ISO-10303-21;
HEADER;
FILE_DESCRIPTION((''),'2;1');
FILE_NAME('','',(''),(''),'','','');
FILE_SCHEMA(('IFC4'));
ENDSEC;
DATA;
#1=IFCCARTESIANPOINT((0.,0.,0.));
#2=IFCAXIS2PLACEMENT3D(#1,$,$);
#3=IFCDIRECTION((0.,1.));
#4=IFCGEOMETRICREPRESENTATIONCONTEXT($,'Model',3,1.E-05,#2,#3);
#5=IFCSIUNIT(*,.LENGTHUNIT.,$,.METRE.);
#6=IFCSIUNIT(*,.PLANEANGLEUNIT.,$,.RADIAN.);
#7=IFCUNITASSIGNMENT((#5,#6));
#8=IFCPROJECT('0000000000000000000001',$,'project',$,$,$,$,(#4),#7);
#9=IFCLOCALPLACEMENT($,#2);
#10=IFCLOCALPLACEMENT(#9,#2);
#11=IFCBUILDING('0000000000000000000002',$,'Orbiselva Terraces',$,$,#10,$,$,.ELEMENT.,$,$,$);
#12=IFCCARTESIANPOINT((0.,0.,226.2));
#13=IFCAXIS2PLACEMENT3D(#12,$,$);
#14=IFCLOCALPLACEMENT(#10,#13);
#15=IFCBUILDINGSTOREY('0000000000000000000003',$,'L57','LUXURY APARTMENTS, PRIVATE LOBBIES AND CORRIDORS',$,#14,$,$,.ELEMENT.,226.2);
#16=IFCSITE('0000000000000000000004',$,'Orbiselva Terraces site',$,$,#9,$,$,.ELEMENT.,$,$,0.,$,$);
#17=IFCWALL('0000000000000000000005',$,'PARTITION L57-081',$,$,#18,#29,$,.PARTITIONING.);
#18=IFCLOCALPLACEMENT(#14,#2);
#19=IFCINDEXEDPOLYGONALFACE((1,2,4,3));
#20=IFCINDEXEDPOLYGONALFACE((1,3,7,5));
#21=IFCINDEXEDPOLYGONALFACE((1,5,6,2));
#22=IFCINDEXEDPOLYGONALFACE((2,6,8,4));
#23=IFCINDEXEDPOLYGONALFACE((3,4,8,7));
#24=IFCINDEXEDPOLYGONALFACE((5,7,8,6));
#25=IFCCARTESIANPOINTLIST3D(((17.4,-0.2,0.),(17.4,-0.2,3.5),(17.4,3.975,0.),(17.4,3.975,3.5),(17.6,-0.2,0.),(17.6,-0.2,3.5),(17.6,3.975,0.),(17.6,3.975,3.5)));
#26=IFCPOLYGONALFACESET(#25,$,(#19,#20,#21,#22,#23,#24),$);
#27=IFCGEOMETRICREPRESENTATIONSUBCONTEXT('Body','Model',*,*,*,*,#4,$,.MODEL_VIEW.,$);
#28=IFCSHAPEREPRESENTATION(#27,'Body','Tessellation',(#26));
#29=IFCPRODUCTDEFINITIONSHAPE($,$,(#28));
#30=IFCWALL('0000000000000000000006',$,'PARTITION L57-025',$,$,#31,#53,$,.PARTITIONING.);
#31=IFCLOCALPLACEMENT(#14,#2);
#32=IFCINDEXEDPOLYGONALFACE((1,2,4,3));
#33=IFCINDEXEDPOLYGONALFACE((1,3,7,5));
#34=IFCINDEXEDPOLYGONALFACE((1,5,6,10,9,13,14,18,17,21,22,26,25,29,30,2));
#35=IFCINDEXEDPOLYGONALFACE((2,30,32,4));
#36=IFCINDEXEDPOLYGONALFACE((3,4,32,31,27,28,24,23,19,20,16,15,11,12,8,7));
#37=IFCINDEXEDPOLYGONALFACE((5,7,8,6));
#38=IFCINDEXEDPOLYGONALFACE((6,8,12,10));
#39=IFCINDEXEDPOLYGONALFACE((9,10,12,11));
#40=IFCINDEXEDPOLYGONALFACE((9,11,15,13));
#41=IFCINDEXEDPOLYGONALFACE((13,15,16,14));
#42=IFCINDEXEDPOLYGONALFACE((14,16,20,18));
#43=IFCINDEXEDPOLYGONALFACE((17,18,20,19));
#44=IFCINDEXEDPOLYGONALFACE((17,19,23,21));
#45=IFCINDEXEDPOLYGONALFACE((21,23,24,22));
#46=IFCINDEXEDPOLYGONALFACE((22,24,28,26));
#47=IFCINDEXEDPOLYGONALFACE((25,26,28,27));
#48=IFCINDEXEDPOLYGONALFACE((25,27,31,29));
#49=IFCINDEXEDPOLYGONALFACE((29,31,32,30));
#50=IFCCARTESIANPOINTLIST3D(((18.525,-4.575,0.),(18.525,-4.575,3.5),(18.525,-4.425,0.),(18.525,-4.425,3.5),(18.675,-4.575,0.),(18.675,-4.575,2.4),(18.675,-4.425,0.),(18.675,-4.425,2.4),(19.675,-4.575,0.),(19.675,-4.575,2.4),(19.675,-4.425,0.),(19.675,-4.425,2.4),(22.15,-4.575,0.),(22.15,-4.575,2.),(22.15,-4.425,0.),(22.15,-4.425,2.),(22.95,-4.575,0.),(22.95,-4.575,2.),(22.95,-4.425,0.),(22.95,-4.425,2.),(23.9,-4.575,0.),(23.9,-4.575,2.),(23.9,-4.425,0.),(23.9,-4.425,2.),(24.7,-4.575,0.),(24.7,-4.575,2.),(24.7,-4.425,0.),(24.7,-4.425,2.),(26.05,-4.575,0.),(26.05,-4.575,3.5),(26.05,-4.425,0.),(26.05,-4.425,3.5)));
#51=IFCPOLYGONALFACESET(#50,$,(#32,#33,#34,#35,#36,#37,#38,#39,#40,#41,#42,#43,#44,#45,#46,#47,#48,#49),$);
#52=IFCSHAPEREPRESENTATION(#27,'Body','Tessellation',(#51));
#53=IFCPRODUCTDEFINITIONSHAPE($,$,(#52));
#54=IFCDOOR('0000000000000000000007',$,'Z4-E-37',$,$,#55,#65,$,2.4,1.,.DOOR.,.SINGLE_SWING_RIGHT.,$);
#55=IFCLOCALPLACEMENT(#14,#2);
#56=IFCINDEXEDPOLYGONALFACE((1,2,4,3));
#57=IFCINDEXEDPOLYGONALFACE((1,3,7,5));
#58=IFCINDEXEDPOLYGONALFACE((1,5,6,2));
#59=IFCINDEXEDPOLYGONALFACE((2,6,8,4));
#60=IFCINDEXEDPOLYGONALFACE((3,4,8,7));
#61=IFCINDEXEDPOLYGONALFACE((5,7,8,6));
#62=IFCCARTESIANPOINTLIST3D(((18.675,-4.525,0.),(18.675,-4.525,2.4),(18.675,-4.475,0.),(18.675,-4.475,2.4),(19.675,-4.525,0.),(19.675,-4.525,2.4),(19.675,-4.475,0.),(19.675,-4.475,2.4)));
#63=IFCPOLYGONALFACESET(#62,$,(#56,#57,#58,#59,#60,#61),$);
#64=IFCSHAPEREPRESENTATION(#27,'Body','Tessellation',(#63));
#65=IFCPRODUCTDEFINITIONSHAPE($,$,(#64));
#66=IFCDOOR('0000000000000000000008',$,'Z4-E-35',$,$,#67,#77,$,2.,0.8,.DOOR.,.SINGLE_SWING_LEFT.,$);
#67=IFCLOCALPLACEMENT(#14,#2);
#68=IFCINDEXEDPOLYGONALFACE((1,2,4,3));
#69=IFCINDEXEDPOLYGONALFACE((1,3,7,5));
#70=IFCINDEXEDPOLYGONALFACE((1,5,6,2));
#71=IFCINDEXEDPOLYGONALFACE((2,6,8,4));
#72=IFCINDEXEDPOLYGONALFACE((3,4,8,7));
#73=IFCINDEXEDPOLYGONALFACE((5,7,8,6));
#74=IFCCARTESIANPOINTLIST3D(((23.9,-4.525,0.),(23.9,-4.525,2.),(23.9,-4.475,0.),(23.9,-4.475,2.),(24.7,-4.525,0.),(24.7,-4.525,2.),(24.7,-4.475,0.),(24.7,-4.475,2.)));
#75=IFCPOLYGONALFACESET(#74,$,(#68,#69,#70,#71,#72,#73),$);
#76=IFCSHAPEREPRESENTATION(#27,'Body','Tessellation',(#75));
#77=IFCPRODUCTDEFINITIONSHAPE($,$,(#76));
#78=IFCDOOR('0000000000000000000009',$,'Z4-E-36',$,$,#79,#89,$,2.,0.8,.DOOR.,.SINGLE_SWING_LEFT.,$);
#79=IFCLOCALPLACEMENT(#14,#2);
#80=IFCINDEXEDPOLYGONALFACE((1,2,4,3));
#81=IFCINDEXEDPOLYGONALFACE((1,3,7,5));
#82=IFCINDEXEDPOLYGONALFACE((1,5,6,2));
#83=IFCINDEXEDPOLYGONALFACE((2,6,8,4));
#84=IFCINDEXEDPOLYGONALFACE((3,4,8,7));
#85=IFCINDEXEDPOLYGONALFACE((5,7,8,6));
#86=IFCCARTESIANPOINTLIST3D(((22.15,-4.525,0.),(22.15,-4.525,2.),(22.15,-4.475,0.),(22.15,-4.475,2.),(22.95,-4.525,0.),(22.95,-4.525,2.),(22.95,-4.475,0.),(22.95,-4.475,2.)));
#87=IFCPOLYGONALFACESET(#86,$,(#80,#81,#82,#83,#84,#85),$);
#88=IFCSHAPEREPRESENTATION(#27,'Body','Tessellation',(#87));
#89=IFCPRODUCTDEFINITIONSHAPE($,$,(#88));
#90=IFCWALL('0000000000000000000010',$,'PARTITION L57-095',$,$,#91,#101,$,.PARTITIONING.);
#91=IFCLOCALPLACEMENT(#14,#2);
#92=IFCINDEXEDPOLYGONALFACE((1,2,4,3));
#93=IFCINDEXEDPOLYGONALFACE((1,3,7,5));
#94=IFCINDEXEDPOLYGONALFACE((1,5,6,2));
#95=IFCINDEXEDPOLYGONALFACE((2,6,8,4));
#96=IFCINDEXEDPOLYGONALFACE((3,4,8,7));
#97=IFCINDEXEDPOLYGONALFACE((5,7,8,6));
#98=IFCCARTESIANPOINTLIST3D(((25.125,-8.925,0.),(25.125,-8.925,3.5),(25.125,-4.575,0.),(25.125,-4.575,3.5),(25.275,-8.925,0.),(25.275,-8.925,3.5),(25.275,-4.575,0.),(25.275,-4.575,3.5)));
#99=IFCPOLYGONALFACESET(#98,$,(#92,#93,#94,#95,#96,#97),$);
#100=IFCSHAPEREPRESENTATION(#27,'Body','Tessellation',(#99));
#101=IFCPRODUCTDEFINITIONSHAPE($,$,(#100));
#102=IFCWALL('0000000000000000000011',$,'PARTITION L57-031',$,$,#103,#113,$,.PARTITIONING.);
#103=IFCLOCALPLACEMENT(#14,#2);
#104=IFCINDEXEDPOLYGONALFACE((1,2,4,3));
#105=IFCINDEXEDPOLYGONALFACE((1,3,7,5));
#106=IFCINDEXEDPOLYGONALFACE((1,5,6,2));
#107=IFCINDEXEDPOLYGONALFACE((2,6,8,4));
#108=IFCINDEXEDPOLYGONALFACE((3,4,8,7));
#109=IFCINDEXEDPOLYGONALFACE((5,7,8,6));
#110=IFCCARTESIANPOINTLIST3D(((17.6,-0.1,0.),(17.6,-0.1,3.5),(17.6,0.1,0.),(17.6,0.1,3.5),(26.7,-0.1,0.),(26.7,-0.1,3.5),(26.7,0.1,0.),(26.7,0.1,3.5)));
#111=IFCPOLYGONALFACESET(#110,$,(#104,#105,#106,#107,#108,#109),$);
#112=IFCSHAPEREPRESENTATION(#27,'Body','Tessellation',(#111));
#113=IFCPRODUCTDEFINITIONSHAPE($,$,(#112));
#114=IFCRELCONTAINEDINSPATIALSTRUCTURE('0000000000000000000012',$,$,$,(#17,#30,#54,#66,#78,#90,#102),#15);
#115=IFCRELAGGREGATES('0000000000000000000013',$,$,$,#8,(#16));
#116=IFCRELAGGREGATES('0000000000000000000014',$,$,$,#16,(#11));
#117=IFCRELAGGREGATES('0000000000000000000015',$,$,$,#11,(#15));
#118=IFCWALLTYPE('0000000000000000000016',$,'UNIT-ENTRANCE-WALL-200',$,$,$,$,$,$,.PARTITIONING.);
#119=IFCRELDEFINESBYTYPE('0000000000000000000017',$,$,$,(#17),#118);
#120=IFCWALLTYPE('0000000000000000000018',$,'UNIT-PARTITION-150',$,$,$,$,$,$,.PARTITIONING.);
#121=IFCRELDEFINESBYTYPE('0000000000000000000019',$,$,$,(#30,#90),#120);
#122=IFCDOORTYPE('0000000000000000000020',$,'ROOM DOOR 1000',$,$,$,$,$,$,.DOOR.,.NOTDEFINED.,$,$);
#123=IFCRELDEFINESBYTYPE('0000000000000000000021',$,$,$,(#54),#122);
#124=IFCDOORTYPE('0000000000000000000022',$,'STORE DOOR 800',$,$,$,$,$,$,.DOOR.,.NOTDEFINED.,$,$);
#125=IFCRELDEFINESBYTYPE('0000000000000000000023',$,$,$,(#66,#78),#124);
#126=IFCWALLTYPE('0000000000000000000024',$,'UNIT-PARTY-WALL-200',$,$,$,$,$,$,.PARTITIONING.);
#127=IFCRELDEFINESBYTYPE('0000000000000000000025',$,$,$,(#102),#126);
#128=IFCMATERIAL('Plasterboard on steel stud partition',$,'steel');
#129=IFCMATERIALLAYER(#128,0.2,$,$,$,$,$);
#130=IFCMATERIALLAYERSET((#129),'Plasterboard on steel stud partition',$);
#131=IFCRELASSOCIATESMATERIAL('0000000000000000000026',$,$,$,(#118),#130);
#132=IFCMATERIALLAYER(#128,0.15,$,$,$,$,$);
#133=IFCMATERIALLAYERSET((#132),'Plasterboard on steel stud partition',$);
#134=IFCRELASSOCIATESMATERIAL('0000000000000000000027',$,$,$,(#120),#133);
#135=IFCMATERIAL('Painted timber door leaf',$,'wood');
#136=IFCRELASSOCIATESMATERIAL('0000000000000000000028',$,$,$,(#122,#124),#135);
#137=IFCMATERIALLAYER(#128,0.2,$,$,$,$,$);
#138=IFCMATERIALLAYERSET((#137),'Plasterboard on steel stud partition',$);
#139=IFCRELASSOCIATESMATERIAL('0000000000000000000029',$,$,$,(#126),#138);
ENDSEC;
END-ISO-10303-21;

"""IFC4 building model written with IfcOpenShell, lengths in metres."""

from ifc_helpers import new_model, si_unit, direction, frame, frame_2d, origin, place, context, subcontext, project, spatial, rectangle, extrude, material, layer, layer_set, type_object, element, fill, save


model = new_model("IFC4")

# Units and contexts
model_context = context("Model", 3, precision=1e-05, world=origin(), true_north=direction((0.0, 1.0)))
body_context = subcontext(model_context, "Body", "Model", "MODEL_VIEW")
ifc_project = project(units=[si_unit("LENGTHUNIT", "METRE"), si_unit("PLANEANGLEUNIT", "RADIAN")], contexts=[model_context])

# Site, building, storey
site_placement = place(None, origin())
site = spatial("IfcSite", under=ifc_project, at=site_placement, Name="Orbiselva Terraces site", CompositionType="ELEMENT", RefElevation=0.0)
building_placement = place(site_placement, origin())
building = spatial("IfcBuilding", under=site, at=building_placement, Name="Orbiselva Terraces", CompositionType="ELEMENT")
storey_placement = place(building_placement, frame((0.0, 0.0, 226.2)))
storey = spatial("IfcBuildingStorey", under=building, at=storey_placement, Name="L57", Description="LUXURY APARTMENTS, PRIVATE LOBBIES AND CORRIDORS", CompositionType="ELEMENT", Elevation=226.2)

# Shared definitions
ifc_material_1 = material(Name="Plasterboard on steel stud partition", Category="steel")
ifc_layer_1 = layer(ifc_material_1, 0.2)
ifc_layer_set_1 = layer_set([ifc_layer_1], Name="Plasterboard on steel stud partition")
wall_type_1 = type_object("IfcWallType", Name="UNIT-ENTRANCE-WALL-200", PredefinedType="PARTITIONING", material=ifc_layer_set_1)
ifc_material_2 = material(Name="Painted timber door leaf", Category="wood")

# Wall
wall_1_placement = place(storey_placement, frame((17.5, -0.2, 0.0), z_axis=(0.0, 0.0, 1.0), x_axis=(0.0, 1.0, 0.0)))
element("IfcWall", 1, at=wall_1_placement, inside=storey, type_object=wall_type_1, Name="PARTITION L57-081", PredefinedType="PARTITIONING", context=body_context, shape_type="SweptSolid", body=[
    extrude(rectangle(XDim=4.175, YDim=0.2, at=frame_2d((2.0875, 0.0))), origin(), (0.0, 0.0, 1.0), 3.5),
])

# Wall, openings, doors
ifc_layer_2 = layer(ifc_material_1, 0.15)
ifc_layer_set_2 = layer_set([ifc_layer_2], Name="Plasterboard on steel stud partition")
wall_type_2 = type_object("IfcWallType", Name="UNIT-PARTITION-150", PredefinedType="PARTITIONING", material=ifc_layer_set_2)
wall_2_placement = place(storey_placement, frame((26.05, -4.5, 0.0), z_axis=(0.0, 0.0, 1.0), x_axis=(-1.0, 0.0, 0.0)))
wall_2 = element("IfcWall", 2, at=wall_2_placement, inside=storey, type_object=wall_type_2, Name="PARTITION L57-025", PredefinedType="PARTITIONING", context=body_context, shape_type="SweptSolid", body=[
    extrude(rectangle(XDim=7.525, YDim=0.15, at=frame_2d((3.7625, 0.0))), origin(), (0.0, 0.0, 1.0), 3.5),
])
opening_1_placement = place(wall_2_placement, frame((1.35, 0.0, 0.0)))
opening_1 = element("IfcOpeningElement", 3, at=opening_1_placement, cuts=wall_2, PredefinedType="OPENING", context=body_context, shape_type="SweptSolid", body=[
    extrude(rectangle(XDim=0.8, YDim=2.0, at=frame_2d((0.4, 1.0))), frame((0.0, 0.085, 0.0), z_axis=(0.0, -1.0, 0.0), x_axis=(1.0, 0.0, 0.0)), (0.0, 0.0, 1.0), 0.17),
])
opening_2_placement = place(wall_2_placement, frame((3.1, 0.0, 0.0)))
opening_2 = element("IfcOpeningElement", 4, at=opening_2_placement, cuts=wall_2, PredefinedType="OPENING", context=body_context, shape_type="SweptSolid", body=[
    extrude(rectangle(XDim=0.8, YDim=2.0, at=frame_2d((0.4, 1.0))), frame((0.0, 0.085, 0.0), z_axis=(0.0, -1.0, 0.0), x_axis=(1.0, 0.0, 0.0)), (0.0, 0.0, 1.0), 0.17),
])
opening_3_placement = place(wall_2_placement, frame((6.375, 0.0, 0.0)))
opening_3 = element("IfcOpeningElement", 5, at=opening_3_placement, cuts=wall_2, PredefinedType="OPENING", context=body_context, shape_type="SweptSolid", body=[
    extrude(rectangle(XDim=1.0, YDim=2.4, at=frame_2d((0.5, 1.2))), frame((0.0, 0.085, 0.0), z_axis=(0.0, -1.0, 0.0), x_axis=(1.0, 0.0, 0.0)), (0.0, 0.0, 1.0), 0.17),
])
door_type_1 = type_object("IfcDoorType", Name="ROOM DOOR 1000", OperationType="NOTDEFINED", PredefinedType="DOOR", material=ifc_material_2)
door_1_placement = place(opening_3_placement, origin())
door_1 = element("IfcDoor", 6, at=door_1_placement, inside=storey, type_object=door_type_1, Name="Z4-E-37", OperationType="SINGLE_SWING_RIGHT", OverallHeight=2.4, OverallWidth=1.0, PredefinedType="DOOR", context=body_context, shape_type="SweptSolid", body=[
    extrude(rectangle(XDim=1.0, YDim=2.4, at=frame_2d((0.5, 1.2))), frame((0.0, 0.025, 0.0), z_axis=(0.0, -1.0, 0.0), x_axis=(1.0, 0.0, 0.0)), (0.0, 0.0, 1.0), 0.05),
])
fill(opening_3, door_1)
door_type_2 = type_object("IfcDoorType", Name="STORE DOOR 800", OperationType="NOTDEFINED", PredefinedType="DOOR", material=ifc_material_2)
door_2_placement = place(opening_1_placement, origin())
door_2 = element("IfcDoor", 7, at=door_2_placement, inside=storey, type_object=door_type_2, Name="Z4-E-35", OperationType="SINGLE_SWING_LEFT", OverallHeight=2.0, OverallWidth=0.8, PredefinedType="DOOR", context=body_context, shape_type="SweptSolid", body=[
    extrude(rectangle(XDim=0.8, YDim=2.0, at=frame_2d((0.4, 1.0))), frame((0.0, 0.025, 0.0), z_axis=(0.0, -1.0, 0.0), x_axis=(1.0, 0.0, 0.0)), (0.0, 0.0, 1.0), 0.05),
])
fill(opening_1, door_2)
door_3_placement = place(opening_2_placement, origin())
door_3 = element("IfcDoor", 8, at=door_3_placement, inside=storey, type_object=door_type_2, Name="Z4-E-36", OperationType="SINGLE_SWING_LEFT", OverallHeight=2.0, OverallWidth=0.8, PredefinedType="DOOR", context=body_context, shape_type="SweptSolid", body=[
    extrude(rectangle(XDim=0.8, YDim=2.0, at=frame_2d((0.4, 1.0))), frame((0.0, 0.025, 0.0), z_axis=(0.0, -1.0, 0.0), x_axis=(1.0, 0.0, 0.0)), (0.0, 0.0, 1.0), 0.05),
])
fill(opening_2, door_3)

# Walls
wall_3_placement = place(storey_placement, frame((25.2, -8.925, 0.0), z_axis=(0.0, 0.0, 1.0), x_axis=(0.0, 1.0, 0.0)))
element("IfcWall", 9, at=wall_3_placement, inside=storey, type_object=wall_type_2, Name="PARTITION L57-095", PredefinedType="PARTITIONING", context=body_context, shape_type="SweptSolid", body=[
    extrude(rectangle(XDim=4.35, YDim=0.15, at=frame_2d((2.175, 0.0))), origin(), (0.0, 0.0, 1.0), 3.5),
])
ifc_layer_3 = layer(ifc_material_1, 0.2)
ifc_layer_set_3 = layer_set([ifc_layer_3], Name="Plasterboard on steel stud partition")
wall_type_3 = type_object("IfcWallType", Name="UNIT-PARTY-WALL-200", PredefinedType="PARTITIONING", material=ifc_layer_set_3)
wall_4_placement = place(storey_placement, frame((17.6, 0.0, 0.0), z_axis=(0.0, 0.0, 1.0), x_axis=(1.0, 0.0, 0.0)))
element("IfcWall", 10, at=wall_4_placement, inside=storey, type_object=wall_type_3, Name="PARTITION L57-031", PredefinedType="PARTITIONING", context=body_context, shape_type="SweptSolid", body=[
    extrude(rectangle(XDim=9.1, YDim=0.2, at=frame_2d((4.55, 0.0))), origin(), (0.0, 0.0, 1.0), 3.5),
])

save(model, "model.ifc")
